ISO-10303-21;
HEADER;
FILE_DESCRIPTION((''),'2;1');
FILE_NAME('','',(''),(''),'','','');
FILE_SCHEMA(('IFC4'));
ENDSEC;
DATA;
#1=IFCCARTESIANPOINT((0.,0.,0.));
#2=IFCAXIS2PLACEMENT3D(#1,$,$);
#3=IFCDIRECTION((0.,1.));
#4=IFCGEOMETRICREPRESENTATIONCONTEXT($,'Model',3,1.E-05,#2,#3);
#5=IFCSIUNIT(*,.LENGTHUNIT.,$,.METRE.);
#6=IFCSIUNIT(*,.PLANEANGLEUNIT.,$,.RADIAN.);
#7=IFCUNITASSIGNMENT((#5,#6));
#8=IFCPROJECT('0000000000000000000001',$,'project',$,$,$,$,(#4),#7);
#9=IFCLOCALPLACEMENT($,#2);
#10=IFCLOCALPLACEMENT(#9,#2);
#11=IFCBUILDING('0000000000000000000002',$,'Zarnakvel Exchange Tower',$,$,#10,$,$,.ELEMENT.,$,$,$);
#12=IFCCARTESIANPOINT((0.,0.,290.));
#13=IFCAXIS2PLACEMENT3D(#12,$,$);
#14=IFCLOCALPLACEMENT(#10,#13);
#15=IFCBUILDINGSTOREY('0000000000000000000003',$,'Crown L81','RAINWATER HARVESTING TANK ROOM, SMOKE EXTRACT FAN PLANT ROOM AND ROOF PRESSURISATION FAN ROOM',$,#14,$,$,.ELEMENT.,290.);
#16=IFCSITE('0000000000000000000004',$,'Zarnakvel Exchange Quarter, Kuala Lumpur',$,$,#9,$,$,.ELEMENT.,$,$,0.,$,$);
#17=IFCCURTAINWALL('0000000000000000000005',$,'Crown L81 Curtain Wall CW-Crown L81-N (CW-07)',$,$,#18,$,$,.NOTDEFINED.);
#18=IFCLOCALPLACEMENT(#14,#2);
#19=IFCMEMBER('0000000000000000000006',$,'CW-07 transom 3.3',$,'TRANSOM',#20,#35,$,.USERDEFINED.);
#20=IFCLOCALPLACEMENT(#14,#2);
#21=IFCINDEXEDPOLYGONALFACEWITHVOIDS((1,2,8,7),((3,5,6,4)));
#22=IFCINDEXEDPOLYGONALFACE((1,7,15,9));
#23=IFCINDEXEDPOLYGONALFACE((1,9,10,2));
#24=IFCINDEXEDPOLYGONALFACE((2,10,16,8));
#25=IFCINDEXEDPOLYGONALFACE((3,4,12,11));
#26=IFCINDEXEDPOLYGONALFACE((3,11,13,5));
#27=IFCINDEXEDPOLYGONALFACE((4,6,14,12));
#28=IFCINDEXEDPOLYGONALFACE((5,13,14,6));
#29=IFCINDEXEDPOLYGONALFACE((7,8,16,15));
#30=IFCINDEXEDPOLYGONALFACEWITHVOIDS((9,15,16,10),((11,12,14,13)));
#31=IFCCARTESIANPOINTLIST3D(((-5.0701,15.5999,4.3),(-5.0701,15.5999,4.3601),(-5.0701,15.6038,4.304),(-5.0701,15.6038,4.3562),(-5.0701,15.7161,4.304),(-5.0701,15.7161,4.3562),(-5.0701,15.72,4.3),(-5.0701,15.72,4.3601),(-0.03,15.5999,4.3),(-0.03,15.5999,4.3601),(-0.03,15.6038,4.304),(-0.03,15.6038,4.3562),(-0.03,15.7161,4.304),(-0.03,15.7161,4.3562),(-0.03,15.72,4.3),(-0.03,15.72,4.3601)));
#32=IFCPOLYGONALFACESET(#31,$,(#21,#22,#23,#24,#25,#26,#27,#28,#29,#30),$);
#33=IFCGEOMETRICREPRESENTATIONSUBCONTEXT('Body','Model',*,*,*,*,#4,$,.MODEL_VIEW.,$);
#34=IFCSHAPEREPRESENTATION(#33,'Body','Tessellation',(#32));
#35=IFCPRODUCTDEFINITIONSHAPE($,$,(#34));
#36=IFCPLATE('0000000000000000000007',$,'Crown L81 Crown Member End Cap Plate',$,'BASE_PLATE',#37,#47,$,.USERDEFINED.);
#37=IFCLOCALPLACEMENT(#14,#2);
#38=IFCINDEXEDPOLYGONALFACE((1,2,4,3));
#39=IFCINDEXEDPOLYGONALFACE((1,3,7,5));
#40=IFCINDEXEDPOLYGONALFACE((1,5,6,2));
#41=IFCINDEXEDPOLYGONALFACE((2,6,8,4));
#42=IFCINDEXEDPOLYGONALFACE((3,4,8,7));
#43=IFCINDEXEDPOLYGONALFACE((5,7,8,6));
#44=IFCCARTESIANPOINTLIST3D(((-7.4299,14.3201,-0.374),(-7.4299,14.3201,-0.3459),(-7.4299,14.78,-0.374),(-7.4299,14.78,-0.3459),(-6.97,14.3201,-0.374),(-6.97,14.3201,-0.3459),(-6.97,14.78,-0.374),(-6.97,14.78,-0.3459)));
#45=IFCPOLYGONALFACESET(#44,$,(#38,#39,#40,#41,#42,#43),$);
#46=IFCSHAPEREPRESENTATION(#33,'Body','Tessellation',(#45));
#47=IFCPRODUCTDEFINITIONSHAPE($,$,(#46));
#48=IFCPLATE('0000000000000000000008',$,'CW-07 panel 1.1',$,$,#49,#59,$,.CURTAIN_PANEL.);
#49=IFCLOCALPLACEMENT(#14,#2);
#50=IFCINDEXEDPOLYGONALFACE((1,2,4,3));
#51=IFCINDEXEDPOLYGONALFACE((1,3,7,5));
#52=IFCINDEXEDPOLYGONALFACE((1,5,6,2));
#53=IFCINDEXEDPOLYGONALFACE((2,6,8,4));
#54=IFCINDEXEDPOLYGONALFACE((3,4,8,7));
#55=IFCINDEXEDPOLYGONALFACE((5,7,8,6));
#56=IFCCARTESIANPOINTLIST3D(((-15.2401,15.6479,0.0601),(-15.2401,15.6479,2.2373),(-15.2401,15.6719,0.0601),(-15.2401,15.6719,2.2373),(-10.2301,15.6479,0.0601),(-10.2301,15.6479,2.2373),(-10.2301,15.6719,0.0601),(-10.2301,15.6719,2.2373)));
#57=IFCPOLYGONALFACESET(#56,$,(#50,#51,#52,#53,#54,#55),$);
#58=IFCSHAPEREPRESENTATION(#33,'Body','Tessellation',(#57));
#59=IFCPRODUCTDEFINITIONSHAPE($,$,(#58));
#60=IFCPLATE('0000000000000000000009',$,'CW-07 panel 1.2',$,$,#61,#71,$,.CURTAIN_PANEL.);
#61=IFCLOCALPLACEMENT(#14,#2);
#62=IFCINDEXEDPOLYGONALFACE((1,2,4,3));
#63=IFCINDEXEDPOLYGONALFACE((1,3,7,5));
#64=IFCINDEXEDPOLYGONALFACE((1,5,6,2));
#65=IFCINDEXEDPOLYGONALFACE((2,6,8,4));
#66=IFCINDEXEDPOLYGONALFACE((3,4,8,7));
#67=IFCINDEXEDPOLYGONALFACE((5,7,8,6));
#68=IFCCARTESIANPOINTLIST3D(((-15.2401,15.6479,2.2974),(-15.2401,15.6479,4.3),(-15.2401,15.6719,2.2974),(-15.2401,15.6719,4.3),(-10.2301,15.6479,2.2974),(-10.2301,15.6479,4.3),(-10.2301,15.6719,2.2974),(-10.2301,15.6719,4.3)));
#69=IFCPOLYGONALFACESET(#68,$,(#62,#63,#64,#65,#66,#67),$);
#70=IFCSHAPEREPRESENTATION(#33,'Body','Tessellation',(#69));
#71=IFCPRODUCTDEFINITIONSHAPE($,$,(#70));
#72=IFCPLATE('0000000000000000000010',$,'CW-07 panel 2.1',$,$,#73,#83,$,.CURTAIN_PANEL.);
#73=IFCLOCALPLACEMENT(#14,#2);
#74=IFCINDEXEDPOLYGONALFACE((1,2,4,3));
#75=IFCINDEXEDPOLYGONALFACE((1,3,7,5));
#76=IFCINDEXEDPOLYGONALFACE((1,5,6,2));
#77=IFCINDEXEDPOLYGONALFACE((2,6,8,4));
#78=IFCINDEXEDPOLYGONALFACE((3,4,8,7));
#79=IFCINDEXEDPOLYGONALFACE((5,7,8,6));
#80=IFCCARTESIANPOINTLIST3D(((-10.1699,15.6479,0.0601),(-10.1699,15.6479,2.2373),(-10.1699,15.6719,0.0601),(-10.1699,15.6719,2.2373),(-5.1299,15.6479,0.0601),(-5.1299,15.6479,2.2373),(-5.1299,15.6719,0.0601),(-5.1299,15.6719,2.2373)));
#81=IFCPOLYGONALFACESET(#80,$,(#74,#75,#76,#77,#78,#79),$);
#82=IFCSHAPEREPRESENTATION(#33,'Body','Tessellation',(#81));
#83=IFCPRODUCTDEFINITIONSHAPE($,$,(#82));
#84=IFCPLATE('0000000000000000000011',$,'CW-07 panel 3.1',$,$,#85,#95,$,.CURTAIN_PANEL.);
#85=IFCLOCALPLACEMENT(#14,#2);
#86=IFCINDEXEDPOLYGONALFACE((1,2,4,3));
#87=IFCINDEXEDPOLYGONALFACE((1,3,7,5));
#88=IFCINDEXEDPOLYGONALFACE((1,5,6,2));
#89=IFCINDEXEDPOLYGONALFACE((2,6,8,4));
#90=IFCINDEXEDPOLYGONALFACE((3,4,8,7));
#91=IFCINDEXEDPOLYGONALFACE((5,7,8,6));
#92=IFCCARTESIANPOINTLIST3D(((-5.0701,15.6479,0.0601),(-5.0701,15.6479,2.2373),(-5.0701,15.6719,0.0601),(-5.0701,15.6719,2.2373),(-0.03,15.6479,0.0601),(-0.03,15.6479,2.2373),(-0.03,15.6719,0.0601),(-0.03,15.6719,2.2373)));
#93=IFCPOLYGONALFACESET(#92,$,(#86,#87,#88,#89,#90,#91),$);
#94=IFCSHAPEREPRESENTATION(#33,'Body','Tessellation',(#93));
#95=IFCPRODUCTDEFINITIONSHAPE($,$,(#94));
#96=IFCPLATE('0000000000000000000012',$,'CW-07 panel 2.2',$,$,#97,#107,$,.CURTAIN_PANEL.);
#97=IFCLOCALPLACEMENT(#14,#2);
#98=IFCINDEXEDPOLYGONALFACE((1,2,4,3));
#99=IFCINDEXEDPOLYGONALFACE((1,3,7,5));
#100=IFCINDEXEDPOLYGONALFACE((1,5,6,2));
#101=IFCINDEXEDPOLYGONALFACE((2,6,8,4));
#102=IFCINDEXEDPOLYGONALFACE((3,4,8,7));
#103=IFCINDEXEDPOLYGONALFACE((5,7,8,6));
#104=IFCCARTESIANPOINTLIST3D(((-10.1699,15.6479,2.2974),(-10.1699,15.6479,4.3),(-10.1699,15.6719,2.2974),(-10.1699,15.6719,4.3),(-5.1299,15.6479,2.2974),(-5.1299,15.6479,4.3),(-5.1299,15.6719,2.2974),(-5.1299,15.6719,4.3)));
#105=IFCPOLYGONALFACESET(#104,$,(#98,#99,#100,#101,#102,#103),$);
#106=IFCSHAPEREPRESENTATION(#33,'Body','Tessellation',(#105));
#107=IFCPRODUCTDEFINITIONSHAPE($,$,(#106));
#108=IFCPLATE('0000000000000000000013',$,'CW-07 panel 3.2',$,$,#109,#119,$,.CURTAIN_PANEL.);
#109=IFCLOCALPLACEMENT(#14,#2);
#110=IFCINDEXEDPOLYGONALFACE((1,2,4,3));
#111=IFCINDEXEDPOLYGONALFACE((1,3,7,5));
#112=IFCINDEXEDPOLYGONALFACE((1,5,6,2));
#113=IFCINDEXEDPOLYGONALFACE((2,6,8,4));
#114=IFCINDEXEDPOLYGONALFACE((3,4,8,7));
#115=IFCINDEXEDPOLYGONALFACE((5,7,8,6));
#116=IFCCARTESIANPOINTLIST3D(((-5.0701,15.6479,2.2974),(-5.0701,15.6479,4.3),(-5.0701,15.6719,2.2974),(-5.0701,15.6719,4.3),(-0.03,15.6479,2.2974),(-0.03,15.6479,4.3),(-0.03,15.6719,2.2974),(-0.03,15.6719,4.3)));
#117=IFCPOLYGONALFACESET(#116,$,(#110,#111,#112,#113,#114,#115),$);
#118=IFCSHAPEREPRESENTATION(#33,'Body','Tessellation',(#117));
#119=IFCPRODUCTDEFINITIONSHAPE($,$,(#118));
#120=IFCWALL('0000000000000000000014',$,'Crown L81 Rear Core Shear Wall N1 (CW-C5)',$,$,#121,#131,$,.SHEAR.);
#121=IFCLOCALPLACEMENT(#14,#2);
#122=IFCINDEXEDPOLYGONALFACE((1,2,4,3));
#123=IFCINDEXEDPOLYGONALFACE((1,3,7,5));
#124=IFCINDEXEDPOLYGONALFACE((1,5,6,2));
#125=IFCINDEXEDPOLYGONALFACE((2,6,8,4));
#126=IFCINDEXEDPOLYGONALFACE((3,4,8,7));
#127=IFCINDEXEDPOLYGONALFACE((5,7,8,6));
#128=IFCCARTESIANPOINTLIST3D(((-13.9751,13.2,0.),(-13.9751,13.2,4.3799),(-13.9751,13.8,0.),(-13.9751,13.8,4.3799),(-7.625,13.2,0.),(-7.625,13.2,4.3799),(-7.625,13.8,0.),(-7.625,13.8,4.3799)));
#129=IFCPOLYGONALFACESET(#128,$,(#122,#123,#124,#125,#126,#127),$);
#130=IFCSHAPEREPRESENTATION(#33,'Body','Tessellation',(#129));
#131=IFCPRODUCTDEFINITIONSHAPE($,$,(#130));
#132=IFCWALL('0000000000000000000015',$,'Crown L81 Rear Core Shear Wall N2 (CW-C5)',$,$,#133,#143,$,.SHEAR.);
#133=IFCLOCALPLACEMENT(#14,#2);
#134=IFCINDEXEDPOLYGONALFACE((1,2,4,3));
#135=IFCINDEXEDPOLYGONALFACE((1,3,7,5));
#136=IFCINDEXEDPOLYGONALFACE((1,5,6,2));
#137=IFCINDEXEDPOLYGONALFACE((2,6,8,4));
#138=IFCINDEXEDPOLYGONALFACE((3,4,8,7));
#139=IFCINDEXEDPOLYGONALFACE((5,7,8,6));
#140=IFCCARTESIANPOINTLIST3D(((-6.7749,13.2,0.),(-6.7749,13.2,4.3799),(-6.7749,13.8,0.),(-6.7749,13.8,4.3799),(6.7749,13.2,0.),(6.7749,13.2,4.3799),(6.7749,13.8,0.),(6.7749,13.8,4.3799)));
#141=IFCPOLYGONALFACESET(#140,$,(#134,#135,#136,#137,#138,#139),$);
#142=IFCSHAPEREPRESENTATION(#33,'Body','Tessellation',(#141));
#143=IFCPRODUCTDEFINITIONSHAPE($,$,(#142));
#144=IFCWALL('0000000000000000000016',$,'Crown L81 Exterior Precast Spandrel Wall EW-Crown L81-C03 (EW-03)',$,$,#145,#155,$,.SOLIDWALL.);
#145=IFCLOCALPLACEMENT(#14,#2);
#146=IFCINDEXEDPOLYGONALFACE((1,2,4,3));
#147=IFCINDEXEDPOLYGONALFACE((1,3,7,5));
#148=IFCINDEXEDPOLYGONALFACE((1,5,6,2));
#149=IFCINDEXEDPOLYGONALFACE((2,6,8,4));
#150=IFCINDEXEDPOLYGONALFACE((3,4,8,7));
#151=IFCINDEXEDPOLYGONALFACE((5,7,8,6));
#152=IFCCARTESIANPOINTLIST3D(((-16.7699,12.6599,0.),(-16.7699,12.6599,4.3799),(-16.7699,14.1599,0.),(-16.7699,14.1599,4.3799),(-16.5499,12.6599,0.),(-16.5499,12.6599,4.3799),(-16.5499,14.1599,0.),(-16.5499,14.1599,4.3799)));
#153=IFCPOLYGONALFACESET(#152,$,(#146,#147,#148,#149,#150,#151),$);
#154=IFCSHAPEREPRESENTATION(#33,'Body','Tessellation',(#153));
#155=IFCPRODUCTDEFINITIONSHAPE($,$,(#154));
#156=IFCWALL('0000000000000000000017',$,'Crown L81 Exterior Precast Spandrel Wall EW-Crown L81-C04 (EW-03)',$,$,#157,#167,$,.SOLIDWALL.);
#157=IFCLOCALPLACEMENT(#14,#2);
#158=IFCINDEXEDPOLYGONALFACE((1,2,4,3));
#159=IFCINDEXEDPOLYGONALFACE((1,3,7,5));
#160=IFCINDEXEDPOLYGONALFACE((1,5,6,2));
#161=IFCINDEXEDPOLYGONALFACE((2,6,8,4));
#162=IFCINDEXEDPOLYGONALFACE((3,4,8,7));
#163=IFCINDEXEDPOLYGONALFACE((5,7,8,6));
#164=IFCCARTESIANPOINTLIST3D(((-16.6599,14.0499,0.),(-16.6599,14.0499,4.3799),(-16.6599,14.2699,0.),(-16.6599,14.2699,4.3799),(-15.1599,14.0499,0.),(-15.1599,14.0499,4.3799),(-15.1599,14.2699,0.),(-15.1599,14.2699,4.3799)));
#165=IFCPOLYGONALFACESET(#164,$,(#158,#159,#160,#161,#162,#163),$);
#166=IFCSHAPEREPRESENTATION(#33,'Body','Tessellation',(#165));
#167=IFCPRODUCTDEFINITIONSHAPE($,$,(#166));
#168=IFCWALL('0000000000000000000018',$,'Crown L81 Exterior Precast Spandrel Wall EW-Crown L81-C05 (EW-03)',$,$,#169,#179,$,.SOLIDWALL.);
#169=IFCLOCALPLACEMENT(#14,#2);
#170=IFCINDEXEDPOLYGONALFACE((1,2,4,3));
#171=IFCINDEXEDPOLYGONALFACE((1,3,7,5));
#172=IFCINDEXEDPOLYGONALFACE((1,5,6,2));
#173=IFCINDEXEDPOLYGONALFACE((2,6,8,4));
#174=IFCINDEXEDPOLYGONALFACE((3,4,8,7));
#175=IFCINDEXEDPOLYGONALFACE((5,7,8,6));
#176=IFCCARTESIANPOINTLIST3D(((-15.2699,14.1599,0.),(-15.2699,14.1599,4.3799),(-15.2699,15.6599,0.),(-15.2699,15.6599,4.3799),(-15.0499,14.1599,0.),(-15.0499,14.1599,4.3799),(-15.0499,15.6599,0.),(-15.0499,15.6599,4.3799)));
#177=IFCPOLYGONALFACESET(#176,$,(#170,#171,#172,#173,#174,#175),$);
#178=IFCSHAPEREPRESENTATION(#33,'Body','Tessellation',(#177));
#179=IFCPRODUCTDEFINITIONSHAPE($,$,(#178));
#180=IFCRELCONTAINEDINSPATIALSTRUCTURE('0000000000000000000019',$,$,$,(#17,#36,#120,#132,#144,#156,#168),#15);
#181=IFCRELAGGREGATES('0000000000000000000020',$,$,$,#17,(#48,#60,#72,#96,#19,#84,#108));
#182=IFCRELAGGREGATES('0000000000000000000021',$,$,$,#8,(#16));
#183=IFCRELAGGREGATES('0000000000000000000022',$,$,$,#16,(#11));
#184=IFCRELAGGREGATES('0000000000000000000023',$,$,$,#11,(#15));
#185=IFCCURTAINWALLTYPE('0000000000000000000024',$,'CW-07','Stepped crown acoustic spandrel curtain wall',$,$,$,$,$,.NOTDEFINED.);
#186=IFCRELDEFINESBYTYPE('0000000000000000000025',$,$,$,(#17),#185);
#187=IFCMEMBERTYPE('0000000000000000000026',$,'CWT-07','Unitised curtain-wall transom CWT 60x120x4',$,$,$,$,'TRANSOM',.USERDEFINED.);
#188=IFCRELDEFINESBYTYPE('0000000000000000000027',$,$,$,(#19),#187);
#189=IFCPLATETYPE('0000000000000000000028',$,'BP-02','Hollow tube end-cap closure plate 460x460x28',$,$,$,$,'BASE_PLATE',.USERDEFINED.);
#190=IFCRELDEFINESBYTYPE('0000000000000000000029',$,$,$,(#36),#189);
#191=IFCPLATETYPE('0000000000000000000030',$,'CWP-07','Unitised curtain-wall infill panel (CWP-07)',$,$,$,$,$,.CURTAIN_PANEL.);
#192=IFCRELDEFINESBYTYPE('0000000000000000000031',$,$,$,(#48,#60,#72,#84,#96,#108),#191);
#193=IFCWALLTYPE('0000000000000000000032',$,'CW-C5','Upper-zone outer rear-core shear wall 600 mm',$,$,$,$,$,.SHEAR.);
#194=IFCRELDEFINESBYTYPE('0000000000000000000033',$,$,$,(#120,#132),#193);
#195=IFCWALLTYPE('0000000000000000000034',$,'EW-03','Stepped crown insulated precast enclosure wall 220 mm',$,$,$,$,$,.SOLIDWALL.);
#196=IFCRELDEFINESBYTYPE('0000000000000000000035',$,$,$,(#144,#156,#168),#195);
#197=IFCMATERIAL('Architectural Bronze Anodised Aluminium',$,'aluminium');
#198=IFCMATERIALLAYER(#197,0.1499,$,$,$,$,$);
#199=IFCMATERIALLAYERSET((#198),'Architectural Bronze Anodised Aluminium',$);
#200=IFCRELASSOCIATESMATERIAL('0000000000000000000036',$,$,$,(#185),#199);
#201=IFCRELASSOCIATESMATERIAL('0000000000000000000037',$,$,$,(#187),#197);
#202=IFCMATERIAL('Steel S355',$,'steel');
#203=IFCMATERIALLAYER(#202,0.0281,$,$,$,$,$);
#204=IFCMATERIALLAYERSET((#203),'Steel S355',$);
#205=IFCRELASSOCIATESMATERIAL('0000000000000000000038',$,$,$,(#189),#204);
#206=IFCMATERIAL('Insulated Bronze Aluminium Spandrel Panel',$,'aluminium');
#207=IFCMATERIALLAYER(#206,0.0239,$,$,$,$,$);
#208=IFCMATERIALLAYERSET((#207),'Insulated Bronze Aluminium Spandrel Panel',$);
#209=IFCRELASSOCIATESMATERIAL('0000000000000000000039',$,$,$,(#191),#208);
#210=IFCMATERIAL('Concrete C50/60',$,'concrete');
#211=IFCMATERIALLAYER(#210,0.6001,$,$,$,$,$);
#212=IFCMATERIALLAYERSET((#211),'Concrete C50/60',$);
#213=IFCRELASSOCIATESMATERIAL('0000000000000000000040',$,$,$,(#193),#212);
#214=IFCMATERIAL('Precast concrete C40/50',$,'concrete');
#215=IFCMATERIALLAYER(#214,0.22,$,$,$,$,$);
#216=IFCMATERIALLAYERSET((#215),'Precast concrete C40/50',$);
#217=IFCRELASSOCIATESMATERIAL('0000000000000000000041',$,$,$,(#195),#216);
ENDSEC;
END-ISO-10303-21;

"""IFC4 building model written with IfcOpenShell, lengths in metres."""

from ifc_helpers import new_model, si_unit, direction, frame, frame_2d, origin, origin_2d, place, context, subcontext, project, spatial, rectangle, hollow_rectangle, extrude, source, transform, mapped, material, layer, layer_set, material_profile, profile_set, type_object, element, aggregate, save


model = new_model("IFC4")

# Units and contexts
model_context = context("Model", 3, precision=1e-05, world=origin(), true_north=direction((0.0, 1.0)))
body_context = subcontext(model_context, "Body", "Model", "MODEL_VIEW")
ifc_project = project(units=[si_unit("LENGTHUNIT", "METRE"), si_unit("PLANEANGLEUNIT", "RADIAN")], contexts=[model_context])

# Site, building, storey
site_placement = place(None, origin())
site = spatial("IfcSite", under=ifc_project, at=site_placement, Name="Zarnakvel Exchange Quarter, Kuala Lumpur", CompositionType="ELEMENT", RefElevation=0.0)
building_placement = place(site_placement, origin())
building = spatial("IfcBuilding", under=site, at=building_placement, Name="Zarnakvel Exchange Tower", CompositionType="ELEMENT")
storey_placement = place(building_placement, frame((0.0, 0.0, 290.0)))
storey = spatial("IfcBuildingStorey", under=building, at=storey_placement, Name="Crown L81", Description="RAINWATER HARVESTING TANK ROOM, SMOKE EXTRACT FAN PLANT ROOM AND ROOF PRESSURISATION FAN ROOM", CompositionType="ELEMENT", Elevation=290.0)

# Shared definitions
ifc_material_1 = material(Name="Concrete C50/60", Category="concrete")
ifc_material_2 = material(Name="Steel S355", Category="steel")

# Curtain wall, member
ifc_material_3 = material(Name="Architectural Bronze Anodised Aluminium", Category="aluminium")
ifc_layer_1 = layer(ifc_material_3, 0.1499)
ifc_layer_set_1 = layer_set([ifc_layer_1], Name="Architectural Bronze Anodised Aluminium")
curtain_wall_type = type_object("IfcCurtainWallType", Name="CW-07", Description="Stepped crown acoustic spandrel curtain wall", PredefinedType="NOTDEFINED", material=ifc_layer_set_1)
curtain_wall_placement = place(storey_placement, origin())
curtain_wall = element("IfcCurtainWall", 1, at=curtain_wall_placement, inside=storey, type_object=curtain_wall_type, Name="Crown L81 Curtain Wall CW-Crown L81-N (CW-07)", PredefinedType="NOTDEFINED")
ifc_material_profile_1 = material_profile(ifc_material_3, hollow_rectangle(XDim=0.1201, YDim=0.0601, WallThickness=0.0039, at=origin_2d()))
ifc_profile_set_1 = profile_set([ifc_material_profile_1], Name="Architectural Bronze Anodised Aluminium")
member_type_1 = type_object("IfcMemberType", Name="CWT-07", Description="Unitised curtain-wall transom CWT 60x120x4", ElementType="TRANSOM", PredefinedType="USERDEFINED", material=ifc_profile_set_1)
shared_shape_1 = source(origin(), body_context, "Body", "SweptSolid", [
    extrude(hollow_rectangle(XDim=0.1201, YDim=0.0601, WallThickness=0.0039, at=origin_2d()), origin(), (0.0, 0.0, 1.0), 5.04),
])
member_1_placement = place(storey_placement, frame((-5.0701, 15.6599, 4.3301), z_axis=(1.0, 0.0, 0.0), x_axis=(0.0, 1.0, 0.0)))
member_1 = element("IfcMember", 2, at=member_1_placement, type_object=member_type_1, Name="CW-07 transom 3.3", ObjectType="TRANSOM", PredefinedType="USERDEFINED", context=body_context, shape_type="MappedRepresentation", body=[
    mapped(shared_shape_1, transform((0.0, 0.0, 0.0), x_axis=(1.0, 0.0, 0.0), y_axis=(0.0, 1.0, 0.0), z_axis=(0.0, 0.0, 1.0), scale=1.0)),
])

# Plates
ifc_layer_2 = layer(ifc_material_2, 0.0281)
ifc_layer_set_2 = layer_set([ifc_layer_2], Name="Steel S355")
plate_type_1 = type_object("IfcPlateType", Name="BP-02", Description="Hollow tube end-cap closure plate 460x460x28", ElementType="BASE_PLATE", PredefinedType="USERDEFINED", material=ifc_layer_set_2)
shared_shape_2 = source(origin(), body_context, "Body", "SweptSolid", [
    extrude(rectangle(XDim=0.46, YDim=0.46, at=origin_2d()), origin(), (0.0, 0.0, 1.0), 0.0281),
])
plate_1_placement = place(storey_placement, frame((-7.2, 14.55, -0.374), z_axis=(0.0, 0.0, 1.0), x_axis=(1.0, 0.0, 0.0)))
element("IfcPlate", 3, at=plate_1_placement, inside=storey, type_object=plate_type_1, Name="Crown L81 Crown Member End Cap Plate", ObjectType="BASE_PLATE", PredefinedType="USERDEFINED", context=body_context, shape_type="MappedRepresentation", body=[
    mapped(shared_shape_2, transform((0.0, 0.0, 0.0), x_axis=(1.0, 0.0, 0.0), y_axis=(0.0, 1.0, 0.0), z_axis=(0.0, 0.0, 1.0), scale=1.0)),
])
ifc_material_4 = material(Name="Insulated Bronze Aluminium Spandrel Panel", Category="aluminium")
ifc_layer_3 = layer(ifc_material_4, 0.0239)
ifc_layer_set_3 = layer_set([ifc_layer_3], Name="Insulated Bronze Aluminium Spandrel Panel")
plate_type_2 = type_object("IfcPlateType", Name="CWP-07", Description="Unitised curtain-wall infill panel (CWP-07)", PredefinedType="CURTAIN_PANEL", material=ifc_layer_set_3)
shared_shape_3 = source(origin(), body_context, "Body", "SweptSolid", [
    extrude(rectangle(XDim=5.01, YDim=0.0239, at=origin_2d()), origin(), (0.0, 0.0, 1.0), 2.1772),
])
plate_2_placement = place(storey_placement, frame((-12.7351, 15.6599, 0.0601), z_axis=(0.0, 0.0, 1.0), x_axis=(1.0, 0.0, 0.0)))
plate_2 = element("IfcPlate", 4, at=plate_2_placement, type_object=plate_type_2, Name="CW-07 panel 1.1", PredefinedType="CURTAIN_PANEL", context=body_context, shape_type="MappedRepresentation", body=[
    mapped(shared_shape_3, transform((0.0, 0.0, 0.0), x_axis=(1.0, 0.0, 0.0), y_axis=(0.0, 1.0, 0.0), z_axis=(0.0, 0.0, 1.0), scale=1.0)),
])
shared_shape_4 = source(origin(), body_context, "Body", "SweptSolid", [
    extrude(rectangle(XDim=5.01, YDim=0.0239, at=origin_2d()), origin(), (0.0, 0.0, 1.0), 2.0027),
])
plate_3_placement = place(storey_placement, frame((-12.7351, 15.6599, 2.2974), z_axis=(0.0, 0.0, 1.0), x_axis=(1.0, 0.0, 0.0)))
plate_3 = element("IfcPlate", 5, at=plate_3_placement, type_object=plate_type_2, Name="CW-07 panel 1.2", PredefinedType="CURTAIN_PANEL", context=body_context, shape_type="MappedRepresentation", body=[
    mapped(shared_shape_4, transform((0.0, 0.0, 0.0), x_axis=(1.0, 0.0, 0.0), y_axis=(0.0, 1.0, 0.0), z_axis=(0.0, 0.0, 1.0), scale=1.0)),
])
shared_shape_5 = source(origin(), body_context, "Body", "SweptSolid", [
    extrude(rectangle(XDim=5.04, YDim=0.0239, at=origin_2d()), origin(), (0.0, 0.0, 1.0), 2.1772),
])
plate_4_placement = place(storey_placement, frame((-7.6499, 15.6599, 0.0601), z_axis=(0.0, 0.0, 1.0), x_axis=(1.0, 0.0, 0.0)))
plate_4 = element("IfcPlate", 6, at=plate_4_placement, type_object=plate_type_2, Name="CW-07 panel 2.1", PredefinedType="CURTAIN_PANEL", context=body_context, shape_type="MappedRepresentation", body=[
    mapped(shared_shape_5, transform((0.0, 0.0, 0.0), x_axis=(1.0, 0.0, 0.0), y_axis=(0.0, 1.0, 0.0), z_axis=(0.0, 0.0, 1.0), scale=1.0)),
])
plate_5_placement = place(storey_placement, frame((-2.55, 15.6599, 0.0601), z_axis=(0.0, 0.0, 1.0), x_axis=(1.0, 0.0, 0.0)))
plate_5 = element("IfcPlate", 7, at=plate_5_placement, type_object=plate_type_2, Name="CW-07 panel 3.1", PredefinedType="CURTAIN_PANEL", context=body_context, shape_type="MappedRepresentation", body=[
    mapped(shared_shape_5, transform((0.0, 0.0, 0.0), x_axis=(1.0, 0.0, 0.0), y_axis=(0.0, 1.0, 0.0), z_axis=(0.0, 0.0, 1.0), scale=1.0)),
])
shared_shape_6 = source(origin(), body_context, "Body", "SweptSolid", [
    extrude(rectangle(XDim=5.04, YDim=0.0239, at=origin_2d()), origin(), (0.0, 0.0, 1.0), 2.0027),
])
plate_6_placement = place(storey_placement, frame((-7.6499, 15.6599, 2.2974), z_axis=(0.0, 0.0, 1.0), x_axis=(1.0, 0.0, 0.0)))
plate_6 = element("IfcPlate", 8, at=plate_6_placement, type_object=plate_type_2, Name="CW-07 panel 2.2", PredefinedType="CURTAIN_PANEL", context=body_context, shape_type="MappedRepresentation", body=[
    mapped(shared_shape_6, transform((0.0, 0.0, 0.0), x_axis=(1.0, 0.0, 0.0), y_axis=(0.0, 1.0, 0.0), z_axis=(0.0, 0.0, 1.0), scale=1.0)),
])
plate_7_placement = place(storey_placement, frame((-2.55, 15.6599, 2.2974), z_axis=(0.0, 0.0, 1.0), x_axis=(1.0, 0.0, 0.0)))
plate_7 = element("IfcPlate", 9, at=plate_7_placement, type_object=plate_type_2, Name="CW-07 panel 3.2", PredefinedType="CURTAIN_PANEL", context=body_context, shape_type="MappedRepresentation", body=[
    mapped(shared_shape_6, transform((0.0, 0.0, 0.0), x_axis=(1.0, 0.0, 0.0), y_axis=(0.0, 1.0, 0.0), z_axis=(0.0, 0.0, 1.0), scale=1.0)),
])
aggregate(curtain_wall, [plate_2, plate_3, plate_4, plate_6, member_1, plate_5, plate_7])

# Walls
ifc_layer_4 = layer(ifc_material_1, 0.6001)
ifc_layer_set_4 = layer_set([ifc_layer_4], Name="Concrete C50/60")
wall_type_1 = type_object("IfcWallType", Name="CW-C5", Description="Upper-zone outer rear-core shear wall 600 mm", PredefinedType="SHEAR", material=ifc_layer_set_4)
wall_1_placement = place(storey_placement, frame((-13.9751, 13.5, 0.0), z_axis=(0.0, 0.0, 1.0), x_axis=(1.0, 0.0, 0.0)))
element("IfcWall", 10, at=wall_1_placement, inside=storey, type_object=wall_type_1, Name="Crown L81 Rear Core Shear Wall N1 (CW-C5)", PredefinedType="SHEAR", context=body_context, shape_type="SweptSolid", body=[
    extrude(rectangle(XDim=6.3501, YDim=0.6001, at=frame_2d((3.175, 0.0))), origin(), (0.0, 0.0, 1.0), 4.3799),
])
wall_2_placement = place(storey_placement, frame((-6.7749, 13.5, 0.0), z_axis=(0.0, 0.0, 1.0), x_axis=(1.0, 0.0, 0.0)))
element("IfcWall", 11, at=wall_2_placement, inside=storey, type_object=wall_type_1, Name="Crown L81 Rear Core Shear Wall N2 (CW-C5)", PredefinedType="SHEAR", context=body_context, shape_type="SweptSolid", body=[
    extrude(rectangle(XDim=13.5498, YDim=0.6001, at=frame_2d((6.7749, 0.0))), origin(), (0.0, 0.0, 1.0), 4.3799),
])
ifc_material_5 = material(Name="Precast concrete C40/50", Category="concrete")
ifc_layer_5 = layer(ifc_material_5, 0.22)
ifc_layer_set_5 = layer_set([ifc_layer_5], Name="Precast concrete C40/50")
wall_type_2 = type_object("IfcWallType", Name="EW-03", Description="Stepped crown insulated precast enclosure wall 220 mm", PredefinedType="SOLIDWALL", material=ifc_layer_set_5)
for number, where, z_axis, x_axis, name in (
    (12, (-16.6599, 14.1599, 0.0), (0.0, 0.0, 1.0), (0.0, -1.0, 0.0), "Crown L81 Exterior Precast Spandrel Wall EW-Crown L81-C03 (EW-03)"),
    (13, (-15.1599, 14.1599, 0.0), (0.0, 0.0, 1.0), (-1.0, 0.0, 0.0), "Crown L81 Exterior Precast Spandrel Wall EW-Crown L81-C04 (EW-03)"),
    (14, (-15.1599, 15.6599, 0.0), (0.0, 0.0, 1.0), (0.0, -1.0, 0.0), "Crown L81 Exterior Precast Spandrel Wall EW-Crown L81-C05 (EW-03)"),
):
    element("IfcWall", number, at=place(storey_placement, frame(where, z_axis=z_axis, x_axis=x_axis)), inside=storey, type_object=wall_type_2, Name=name, PredefinedType="SOLIDWALL", context=body_context, shape_type="SweptSolid", body=[
        extrude(rectangle(XDim=1.5, YDim=0.22, at=frame_2d((0.75, 0.0))), origin(), (0.0, 0.0, 1.0), 4.3799),
    ])

save(model, "model.ifc")
